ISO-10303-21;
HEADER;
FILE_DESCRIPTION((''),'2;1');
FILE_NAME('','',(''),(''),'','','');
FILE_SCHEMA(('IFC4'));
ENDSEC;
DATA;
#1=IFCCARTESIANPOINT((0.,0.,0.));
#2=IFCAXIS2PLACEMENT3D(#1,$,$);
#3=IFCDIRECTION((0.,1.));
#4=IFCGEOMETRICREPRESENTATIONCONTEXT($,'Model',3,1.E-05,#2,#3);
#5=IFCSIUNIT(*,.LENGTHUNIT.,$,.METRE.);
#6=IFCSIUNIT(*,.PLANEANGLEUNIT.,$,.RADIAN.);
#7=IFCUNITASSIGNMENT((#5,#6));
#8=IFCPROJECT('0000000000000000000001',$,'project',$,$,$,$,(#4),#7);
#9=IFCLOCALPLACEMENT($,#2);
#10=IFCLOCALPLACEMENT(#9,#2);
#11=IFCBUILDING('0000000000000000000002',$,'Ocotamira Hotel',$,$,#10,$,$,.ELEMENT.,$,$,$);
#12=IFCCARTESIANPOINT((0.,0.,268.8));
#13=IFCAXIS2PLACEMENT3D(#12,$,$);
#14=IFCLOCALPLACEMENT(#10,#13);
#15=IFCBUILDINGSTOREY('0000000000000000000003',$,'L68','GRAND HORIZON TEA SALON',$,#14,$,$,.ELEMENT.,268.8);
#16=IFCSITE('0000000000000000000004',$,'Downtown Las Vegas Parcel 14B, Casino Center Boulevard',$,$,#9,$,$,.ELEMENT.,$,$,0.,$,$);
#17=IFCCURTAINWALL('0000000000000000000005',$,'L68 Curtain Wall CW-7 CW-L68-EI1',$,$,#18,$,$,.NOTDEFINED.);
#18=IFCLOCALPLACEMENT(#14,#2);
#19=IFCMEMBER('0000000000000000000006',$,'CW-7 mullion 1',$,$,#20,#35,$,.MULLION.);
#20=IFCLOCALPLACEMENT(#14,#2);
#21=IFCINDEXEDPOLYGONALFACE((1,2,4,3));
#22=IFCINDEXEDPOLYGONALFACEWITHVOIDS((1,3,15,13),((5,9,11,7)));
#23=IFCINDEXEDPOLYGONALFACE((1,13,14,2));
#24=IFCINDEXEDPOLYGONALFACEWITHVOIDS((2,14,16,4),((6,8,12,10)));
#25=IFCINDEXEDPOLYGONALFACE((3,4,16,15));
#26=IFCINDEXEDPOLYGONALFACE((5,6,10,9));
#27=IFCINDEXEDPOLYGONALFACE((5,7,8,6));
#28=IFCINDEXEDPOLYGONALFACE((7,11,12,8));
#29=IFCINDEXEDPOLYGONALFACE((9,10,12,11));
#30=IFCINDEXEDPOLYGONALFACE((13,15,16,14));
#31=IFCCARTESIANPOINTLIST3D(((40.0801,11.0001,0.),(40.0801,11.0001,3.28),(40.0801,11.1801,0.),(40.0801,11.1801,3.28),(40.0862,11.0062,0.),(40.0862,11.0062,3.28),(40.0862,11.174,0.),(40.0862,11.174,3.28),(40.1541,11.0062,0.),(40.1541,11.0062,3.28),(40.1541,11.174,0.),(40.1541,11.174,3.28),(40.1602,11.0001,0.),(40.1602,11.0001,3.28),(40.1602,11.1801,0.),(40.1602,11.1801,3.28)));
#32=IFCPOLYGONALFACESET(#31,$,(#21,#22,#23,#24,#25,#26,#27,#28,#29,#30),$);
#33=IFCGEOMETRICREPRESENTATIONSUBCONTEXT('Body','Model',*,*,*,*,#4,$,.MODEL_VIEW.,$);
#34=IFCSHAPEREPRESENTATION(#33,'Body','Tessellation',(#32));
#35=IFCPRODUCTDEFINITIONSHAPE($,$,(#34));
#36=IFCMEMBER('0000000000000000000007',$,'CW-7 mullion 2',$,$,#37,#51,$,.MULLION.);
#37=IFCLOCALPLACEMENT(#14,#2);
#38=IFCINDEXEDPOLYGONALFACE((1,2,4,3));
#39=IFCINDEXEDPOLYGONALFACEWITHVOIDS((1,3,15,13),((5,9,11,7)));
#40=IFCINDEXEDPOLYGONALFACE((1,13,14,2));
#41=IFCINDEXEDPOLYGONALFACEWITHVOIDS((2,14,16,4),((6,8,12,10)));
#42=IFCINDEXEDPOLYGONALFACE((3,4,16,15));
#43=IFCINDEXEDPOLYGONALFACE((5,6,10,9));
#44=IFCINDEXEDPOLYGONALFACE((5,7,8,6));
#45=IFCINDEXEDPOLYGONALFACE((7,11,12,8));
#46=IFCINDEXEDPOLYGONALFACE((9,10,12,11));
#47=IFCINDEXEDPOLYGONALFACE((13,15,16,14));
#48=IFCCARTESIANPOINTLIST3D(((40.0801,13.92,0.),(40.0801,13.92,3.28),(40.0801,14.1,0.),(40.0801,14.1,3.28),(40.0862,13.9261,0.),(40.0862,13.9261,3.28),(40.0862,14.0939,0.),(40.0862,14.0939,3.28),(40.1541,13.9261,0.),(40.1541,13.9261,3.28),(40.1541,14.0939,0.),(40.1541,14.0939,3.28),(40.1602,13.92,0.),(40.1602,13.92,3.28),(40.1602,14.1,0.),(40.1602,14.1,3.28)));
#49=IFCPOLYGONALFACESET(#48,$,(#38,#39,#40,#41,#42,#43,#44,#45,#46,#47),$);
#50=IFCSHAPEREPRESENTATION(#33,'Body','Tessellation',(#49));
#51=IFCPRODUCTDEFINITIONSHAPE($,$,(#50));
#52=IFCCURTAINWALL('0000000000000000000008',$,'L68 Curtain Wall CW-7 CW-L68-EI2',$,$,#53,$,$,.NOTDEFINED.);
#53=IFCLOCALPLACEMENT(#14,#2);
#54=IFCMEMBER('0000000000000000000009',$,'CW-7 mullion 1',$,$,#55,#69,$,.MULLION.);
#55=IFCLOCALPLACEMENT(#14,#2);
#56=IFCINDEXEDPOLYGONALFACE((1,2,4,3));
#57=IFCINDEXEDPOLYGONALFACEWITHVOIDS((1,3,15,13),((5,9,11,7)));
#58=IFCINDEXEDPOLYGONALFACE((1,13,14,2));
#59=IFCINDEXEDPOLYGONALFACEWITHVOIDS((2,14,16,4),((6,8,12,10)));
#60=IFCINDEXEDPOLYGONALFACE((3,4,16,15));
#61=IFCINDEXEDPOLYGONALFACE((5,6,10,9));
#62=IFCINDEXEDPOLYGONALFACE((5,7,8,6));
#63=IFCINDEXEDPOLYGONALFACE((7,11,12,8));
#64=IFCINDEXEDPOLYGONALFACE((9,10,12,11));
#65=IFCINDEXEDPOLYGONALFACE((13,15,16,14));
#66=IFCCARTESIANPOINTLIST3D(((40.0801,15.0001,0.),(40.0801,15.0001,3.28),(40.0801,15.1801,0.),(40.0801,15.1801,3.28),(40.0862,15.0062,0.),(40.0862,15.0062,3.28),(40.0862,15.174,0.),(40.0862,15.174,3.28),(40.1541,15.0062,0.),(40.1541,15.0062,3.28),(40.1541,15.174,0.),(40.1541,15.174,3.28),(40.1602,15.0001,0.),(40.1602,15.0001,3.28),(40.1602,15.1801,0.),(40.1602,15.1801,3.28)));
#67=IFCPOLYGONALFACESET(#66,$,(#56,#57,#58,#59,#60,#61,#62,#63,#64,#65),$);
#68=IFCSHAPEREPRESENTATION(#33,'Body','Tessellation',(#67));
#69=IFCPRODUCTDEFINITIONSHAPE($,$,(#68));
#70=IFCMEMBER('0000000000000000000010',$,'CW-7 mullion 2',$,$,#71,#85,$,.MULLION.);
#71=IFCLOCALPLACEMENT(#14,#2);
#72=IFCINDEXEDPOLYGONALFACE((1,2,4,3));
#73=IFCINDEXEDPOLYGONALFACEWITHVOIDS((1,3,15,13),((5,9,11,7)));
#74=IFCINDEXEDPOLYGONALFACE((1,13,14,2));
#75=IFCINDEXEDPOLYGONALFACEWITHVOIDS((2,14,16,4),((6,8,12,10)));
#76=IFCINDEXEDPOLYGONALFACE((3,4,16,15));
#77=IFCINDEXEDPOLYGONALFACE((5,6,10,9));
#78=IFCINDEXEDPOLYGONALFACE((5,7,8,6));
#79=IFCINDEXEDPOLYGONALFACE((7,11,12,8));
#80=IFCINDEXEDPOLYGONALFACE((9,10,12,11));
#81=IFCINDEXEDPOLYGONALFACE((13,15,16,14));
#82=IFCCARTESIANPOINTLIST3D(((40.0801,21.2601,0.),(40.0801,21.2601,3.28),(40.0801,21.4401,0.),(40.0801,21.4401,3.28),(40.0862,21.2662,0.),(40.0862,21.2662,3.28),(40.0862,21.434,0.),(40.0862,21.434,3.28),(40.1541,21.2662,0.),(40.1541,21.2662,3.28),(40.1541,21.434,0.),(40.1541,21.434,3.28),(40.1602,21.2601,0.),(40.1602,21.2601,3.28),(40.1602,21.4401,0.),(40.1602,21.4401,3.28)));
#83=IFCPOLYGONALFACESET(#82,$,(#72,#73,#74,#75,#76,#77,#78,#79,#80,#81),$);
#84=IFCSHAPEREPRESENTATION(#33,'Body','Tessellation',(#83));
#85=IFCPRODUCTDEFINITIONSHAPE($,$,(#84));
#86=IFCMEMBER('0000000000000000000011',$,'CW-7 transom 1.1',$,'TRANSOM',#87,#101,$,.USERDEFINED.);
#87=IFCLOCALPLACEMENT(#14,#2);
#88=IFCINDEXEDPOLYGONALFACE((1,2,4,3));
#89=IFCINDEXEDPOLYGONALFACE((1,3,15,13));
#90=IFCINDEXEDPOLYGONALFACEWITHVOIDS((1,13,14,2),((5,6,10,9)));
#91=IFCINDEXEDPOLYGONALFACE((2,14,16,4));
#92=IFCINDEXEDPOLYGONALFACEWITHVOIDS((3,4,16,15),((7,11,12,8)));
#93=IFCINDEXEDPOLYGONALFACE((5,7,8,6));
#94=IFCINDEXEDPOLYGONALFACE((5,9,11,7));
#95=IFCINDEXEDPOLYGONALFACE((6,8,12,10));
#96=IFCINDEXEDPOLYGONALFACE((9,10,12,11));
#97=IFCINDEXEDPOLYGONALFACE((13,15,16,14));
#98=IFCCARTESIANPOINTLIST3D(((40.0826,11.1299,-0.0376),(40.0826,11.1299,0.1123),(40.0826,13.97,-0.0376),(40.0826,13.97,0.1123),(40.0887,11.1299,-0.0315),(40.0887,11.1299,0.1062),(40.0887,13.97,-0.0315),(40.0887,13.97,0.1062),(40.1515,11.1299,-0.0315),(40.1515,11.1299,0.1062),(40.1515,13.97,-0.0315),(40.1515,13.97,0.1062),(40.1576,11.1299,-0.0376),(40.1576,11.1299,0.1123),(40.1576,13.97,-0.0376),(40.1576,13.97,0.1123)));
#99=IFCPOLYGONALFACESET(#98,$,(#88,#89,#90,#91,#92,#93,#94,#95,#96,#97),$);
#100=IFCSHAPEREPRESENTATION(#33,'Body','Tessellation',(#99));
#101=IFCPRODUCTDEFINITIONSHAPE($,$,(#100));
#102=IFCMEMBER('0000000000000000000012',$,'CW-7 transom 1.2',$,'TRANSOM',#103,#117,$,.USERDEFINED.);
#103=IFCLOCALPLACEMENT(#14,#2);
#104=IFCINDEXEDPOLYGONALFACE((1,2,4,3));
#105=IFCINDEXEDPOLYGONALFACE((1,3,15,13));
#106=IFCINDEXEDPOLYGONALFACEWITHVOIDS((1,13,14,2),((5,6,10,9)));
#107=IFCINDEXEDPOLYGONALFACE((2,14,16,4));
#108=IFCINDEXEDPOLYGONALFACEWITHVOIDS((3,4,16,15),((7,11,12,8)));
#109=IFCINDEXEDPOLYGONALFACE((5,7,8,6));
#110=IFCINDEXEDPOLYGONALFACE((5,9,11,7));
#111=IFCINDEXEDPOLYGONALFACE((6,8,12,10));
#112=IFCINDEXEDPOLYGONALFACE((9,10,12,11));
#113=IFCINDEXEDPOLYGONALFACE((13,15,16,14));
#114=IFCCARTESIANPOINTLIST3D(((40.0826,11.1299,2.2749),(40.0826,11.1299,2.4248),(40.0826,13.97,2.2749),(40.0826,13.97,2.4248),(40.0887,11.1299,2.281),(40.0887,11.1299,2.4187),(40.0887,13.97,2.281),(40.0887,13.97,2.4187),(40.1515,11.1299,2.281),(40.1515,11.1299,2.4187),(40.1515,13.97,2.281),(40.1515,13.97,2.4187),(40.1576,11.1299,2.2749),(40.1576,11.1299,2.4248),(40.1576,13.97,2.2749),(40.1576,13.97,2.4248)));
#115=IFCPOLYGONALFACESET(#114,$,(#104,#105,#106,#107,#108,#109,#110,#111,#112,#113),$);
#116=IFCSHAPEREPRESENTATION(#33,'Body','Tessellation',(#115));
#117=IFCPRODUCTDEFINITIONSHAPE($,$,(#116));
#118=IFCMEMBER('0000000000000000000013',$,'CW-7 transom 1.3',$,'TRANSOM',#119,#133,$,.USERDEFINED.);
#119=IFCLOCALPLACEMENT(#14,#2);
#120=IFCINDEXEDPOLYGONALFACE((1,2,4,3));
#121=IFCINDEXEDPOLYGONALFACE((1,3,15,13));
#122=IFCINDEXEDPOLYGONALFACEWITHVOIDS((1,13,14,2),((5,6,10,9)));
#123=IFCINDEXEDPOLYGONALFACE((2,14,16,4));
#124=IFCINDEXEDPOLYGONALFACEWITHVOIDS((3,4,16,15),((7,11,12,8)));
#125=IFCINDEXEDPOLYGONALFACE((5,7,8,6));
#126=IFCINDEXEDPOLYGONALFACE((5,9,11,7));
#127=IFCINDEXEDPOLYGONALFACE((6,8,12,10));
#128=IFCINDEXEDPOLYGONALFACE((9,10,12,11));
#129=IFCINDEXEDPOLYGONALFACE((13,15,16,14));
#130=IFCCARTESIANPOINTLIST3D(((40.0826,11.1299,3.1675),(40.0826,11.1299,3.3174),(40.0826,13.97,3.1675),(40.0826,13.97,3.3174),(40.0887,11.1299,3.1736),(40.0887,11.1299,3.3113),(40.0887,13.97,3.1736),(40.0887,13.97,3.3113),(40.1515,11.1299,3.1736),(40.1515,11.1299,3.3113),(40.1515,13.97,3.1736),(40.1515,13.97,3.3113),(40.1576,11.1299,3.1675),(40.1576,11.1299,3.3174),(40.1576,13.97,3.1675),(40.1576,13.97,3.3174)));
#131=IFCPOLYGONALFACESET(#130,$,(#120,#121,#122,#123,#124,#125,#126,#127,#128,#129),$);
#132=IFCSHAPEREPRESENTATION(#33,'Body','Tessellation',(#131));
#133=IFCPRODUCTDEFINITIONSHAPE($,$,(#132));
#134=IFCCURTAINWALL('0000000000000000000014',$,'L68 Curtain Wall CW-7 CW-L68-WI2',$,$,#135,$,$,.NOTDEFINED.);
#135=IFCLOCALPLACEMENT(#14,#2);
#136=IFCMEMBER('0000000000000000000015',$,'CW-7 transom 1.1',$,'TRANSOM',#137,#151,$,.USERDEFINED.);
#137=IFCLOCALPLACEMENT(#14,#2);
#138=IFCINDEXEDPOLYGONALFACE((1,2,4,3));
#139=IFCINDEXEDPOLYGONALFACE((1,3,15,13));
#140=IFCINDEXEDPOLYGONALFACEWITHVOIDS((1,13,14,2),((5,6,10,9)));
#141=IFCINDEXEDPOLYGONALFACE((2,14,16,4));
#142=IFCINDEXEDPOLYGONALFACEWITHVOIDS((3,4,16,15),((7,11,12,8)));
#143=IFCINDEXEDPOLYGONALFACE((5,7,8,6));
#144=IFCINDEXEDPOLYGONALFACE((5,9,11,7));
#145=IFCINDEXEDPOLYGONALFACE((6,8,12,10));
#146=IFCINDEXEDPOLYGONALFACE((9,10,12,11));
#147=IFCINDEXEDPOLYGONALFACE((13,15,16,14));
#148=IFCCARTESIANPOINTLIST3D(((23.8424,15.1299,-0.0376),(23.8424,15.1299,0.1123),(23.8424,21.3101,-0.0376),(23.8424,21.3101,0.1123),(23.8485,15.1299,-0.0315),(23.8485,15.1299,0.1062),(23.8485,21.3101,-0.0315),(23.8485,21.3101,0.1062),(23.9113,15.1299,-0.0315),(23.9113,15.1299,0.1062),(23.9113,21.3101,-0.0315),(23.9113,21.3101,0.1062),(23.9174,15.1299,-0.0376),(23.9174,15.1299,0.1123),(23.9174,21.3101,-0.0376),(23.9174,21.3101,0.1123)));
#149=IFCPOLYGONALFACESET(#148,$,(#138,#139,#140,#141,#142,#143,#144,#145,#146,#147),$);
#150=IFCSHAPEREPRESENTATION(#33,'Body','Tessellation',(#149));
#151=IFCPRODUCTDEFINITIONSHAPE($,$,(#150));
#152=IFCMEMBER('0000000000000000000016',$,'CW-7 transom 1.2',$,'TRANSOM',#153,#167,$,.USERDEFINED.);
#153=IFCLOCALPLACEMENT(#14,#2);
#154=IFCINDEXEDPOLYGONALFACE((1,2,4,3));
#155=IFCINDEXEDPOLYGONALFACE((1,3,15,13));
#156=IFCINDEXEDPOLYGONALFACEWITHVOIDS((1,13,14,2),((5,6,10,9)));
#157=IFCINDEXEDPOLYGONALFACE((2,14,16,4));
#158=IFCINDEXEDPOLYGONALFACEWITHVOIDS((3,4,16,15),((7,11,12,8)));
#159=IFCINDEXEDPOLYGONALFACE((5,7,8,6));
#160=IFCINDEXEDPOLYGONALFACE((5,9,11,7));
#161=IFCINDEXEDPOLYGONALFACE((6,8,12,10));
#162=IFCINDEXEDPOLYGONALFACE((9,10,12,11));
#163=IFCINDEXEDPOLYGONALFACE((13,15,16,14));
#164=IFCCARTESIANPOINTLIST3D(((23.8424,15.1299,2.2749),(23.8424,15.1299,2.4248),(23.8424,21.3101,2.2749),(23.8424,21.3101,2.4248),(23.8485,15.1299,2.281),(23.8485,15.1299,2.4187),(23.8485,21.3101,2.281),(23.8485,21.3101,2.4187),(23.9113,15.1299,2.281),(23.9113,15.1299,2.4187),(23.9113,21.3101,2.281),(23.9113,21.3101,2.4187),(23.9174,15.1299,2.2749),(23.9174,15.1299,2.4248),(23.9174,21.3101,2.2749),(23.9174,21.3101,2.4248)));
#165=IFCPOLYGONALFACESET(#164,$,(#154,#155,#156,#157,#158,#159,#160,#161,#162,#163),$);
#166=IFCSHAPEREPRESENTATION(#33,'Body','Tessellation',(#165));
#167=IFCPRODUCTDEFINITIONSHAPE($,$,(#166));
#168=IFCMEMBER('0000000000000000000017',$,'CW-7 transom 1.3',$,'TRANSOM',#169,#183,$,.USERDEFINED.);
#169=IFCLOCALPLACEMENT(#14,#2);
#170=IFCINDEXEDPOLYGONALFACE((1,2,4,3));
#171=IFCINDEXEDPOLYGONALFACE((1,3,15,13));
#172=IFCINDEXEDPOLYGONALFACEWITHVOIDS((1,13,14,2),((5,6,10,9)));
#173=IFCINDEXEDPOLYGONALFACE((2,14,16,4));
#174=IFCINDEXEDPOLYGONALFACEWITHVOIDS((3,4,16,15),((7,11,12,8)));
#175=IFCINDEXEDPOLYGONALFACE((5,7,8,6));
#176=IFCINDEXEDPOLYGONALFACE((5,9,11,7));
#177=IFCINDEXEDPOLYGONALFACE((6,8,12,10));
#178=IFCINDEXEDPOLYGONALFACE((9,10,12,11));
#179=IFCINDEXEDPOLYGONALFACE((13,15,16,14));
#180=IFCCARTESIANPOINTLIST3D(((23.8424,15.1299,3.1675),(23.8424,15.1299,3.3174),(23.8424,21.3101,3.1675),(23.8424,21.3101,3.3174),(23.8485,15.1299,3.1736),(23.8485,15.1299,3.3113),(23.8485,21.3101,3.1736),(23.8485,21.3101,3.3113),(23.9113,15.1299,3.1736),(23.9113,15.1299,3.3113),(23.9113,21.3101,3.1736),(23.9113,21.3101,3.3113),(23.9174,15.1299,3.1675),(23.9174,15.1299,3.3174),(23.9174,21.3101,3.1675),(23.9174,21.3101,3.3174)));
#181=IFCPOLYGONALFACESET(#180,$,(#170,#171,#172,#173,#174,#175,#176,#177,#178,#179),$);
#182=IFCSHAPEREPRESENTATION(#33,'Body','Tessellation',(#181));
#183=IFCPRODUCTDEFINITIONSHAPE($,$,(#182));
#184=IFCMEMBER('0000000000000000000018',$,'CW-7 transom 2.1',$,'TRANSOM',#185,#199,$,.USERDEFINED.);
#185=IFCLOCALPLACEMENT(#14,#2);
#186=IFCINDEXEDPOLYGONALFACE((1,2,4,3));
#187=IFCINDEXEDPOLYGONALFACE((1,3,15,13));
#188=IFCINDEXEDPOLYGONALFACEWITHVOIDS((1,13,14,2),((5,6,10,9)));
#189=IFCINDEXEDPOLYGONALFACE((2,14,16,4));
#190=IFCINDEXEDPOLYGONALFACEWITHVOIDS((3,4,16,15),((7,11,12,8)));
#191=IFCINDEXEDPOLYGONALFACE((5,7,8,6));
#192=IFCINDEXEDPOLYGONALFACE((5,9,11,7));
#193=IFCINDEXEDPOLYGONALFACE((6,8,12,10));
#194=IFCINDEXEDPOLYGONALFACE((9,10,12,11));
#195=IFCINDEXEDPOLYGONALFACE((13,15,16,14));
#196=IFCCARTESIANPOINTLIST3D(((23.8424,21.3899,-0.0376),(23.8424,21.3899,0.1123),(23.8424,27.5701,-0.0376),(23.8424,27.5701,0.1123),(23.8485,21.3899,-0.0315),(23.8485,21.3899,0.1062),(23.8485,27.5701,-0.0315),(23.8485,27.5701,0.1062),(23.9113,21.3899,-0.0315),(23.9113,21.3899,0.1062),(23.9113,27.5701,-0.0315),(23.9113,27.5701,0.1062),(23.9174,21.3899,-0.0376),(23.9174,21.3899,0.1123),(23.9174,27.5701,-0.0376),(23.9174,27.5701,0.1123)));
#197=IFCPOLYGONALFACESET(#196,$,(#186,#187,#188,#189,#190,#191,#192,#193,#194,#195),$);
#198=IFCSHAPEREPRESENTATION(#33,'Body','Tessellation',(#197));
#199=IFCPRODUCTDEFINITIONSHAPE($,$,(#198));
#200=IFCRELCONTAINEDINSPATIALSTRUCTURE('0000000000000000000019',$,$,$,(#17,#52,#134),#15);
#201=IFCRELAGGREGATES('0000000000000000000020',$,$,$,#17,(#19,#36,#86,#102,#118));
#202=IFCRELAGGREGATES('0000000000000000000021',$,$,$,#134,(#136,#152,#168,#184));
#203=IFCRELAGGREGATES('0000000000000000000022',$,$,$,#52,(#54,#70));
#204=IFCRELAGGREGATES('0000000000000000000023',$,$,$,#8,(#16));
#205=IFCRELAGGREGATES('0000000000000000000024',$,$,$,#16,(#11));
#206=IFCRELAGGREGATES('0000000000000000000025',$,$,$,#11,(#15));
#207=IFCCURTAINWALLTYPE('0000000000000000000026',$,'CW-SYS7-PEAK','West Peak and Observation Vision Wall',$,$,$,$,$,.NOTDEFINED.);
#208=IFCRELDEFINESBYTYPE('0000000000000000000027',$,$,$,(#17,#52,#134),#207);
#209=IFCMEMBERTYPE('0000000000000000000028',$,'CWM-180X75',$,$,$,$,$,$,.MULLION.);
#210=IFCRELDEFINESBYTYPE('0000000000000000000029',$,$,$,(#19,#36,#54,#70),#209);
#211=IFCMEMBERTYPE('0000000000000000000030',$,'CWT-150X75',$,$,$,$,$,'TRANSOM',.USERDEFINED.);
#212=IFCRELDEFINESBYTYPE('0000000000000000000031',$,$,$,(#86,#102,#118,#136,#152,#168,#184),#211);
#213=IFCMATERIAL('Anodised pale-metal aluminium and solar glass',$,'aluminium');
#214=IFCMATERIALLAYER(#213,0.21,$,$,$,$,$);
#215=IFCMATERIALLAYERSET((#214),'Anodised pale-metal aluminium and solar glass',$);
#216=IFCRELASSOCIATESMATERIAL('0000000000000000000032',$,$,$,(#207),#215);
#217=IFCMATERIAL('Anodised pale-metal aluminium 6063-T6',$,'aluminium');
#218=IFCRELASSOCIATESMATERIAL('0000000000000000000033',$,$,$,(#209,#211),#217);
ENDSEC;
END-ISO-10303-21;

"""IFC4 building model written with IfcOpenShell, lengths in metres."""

from ifc_helpers import new_model, si_unit, direction, frame, origin, origin_2d, place, context, subcontext, project, spatial, hollow_rectangle, extrude, source, transform, mapped, material, layer, layer_set, material_profile, profile_set, type_object, element, aggregate, save


model = new_model("IFC4")

# Units and contexts
model_context = context("Model", 3, precision=1e-05, world=origin(), true_north=direction((0.0, 1.0)))
body_context = subcontext(model_context, "Body", "Model", "MODEL_VIEW")
ifc_project = project(units=[si_unit("LENGTHUNIT", "METRE"), si_unit("PLANEANGLEUNIT", "RADIAN")], contexts=[model_context])

# Site, building, storey
site_placement = place(None, origin())
site = spatial("IfcSite", under=ifc_project, at=site_placement, Name="Downtown Las Vegas Parcel 14B, Casino Center Boulevard", CompositionType="ELEMENT", RefElevation=0.0)
building_placement = place(site_placement, origin())
building = spatial("IfcBuilding", under=site, at=building_placement, Name="Ocotamira Hotel", CompositionType="ELEMENT")
storey_placement = place(building_placement, frame((0.0, 0.0, 268.8)))
storey = spatial("IfcBuildingStorey", under=building, at=storey_placement, Name="L68", Description="GRAND HORIZON TEA SALON", CompositionType="ELEMENT", Elevation=268.8)

# Curtain walls, members
ifc_material_1 = material(Name="Anodised pale-metal aluminium and solar glass", Category="aluminium")
ifc_layer_1 = layer(ifc_material_1, 0.21)
ifc_layer_set_1 = layer_set([ifc_layer_1], Name="Anodised pale-metal aluminium and solar glass")
curtain_wall_type = type_object("IfcCurtainWallType", Name="CW-SYS7-PEAK", Description="West Peak and Observation Vision Wall", PredefinedType="NOTDEFINED", material=ifc_layer_set_1)
curtain_wall_1_placement = place(storey_placement, origin())
curtain_wall_1 = element("IfcCurtainWall", 1, at=curtain_wall_1_placement, inside=storey, type_object=curtain_wall_type, Name="L68 Curtain Wall CW-7 CW-L68-EI1", PredefinedType="NOTDEFINED")
ifc_material_2 = material(Name="Anodised pale-metal aluminium 6063-T6", Category="aluminium")
ifc_material_profile_1 = material_profile(ifc_material_2, hollow_rectangle(XDim=0.0801, YDim=0.1799, WallThickness=0.0061, at=origin_2d()), Name="HSS180X80X6")
ifc_profile_set_1 = profile_set([ifc_material_profile_1], Name="Anodised pale-metal aluminium 6063-T6")
member_type_1 = type_object("IfcMemberType", Name="CWM-180X75", PredefinedType="MULLION", material=ifc_profile_set_1)
shared_shape_1 = source(origin(), body_context, "Body", "SweptSolid", [
    extrude(hollow_rectangle(XDim=0.0801, YDim=0.1799, WallThickness=0.0061, at=origin_2d()), origin(), (0.0, 0.0, 1.0), 3.28),
])
member_1_placement = place(storey_placement, frame((40.1201, 11.0901, 0.0), z_axis=(0.0, 0.0, 1.0), x_axis=(-1.0, 0.0, 0.0)))
member_1 = element("IfcMember", 2, at=member_1_placement, type_object=member_type_1, Name="CW-7 mullion 1", PredefinedType="MULLION", context=body_context, shape_type="MappedRepresentation", body=[
    mapped(shared_shape_1, transform((0.0, 0.0, 0.0), scale=1.0)),
])
member_2_placement = place(storey_placement, frame((40.1201, 14.01, 0.0), z_axis=(0.0, 0.0, 1.0), x_axis=(-1.0, 0.0, 0.0)))
member_2 = element("IfcMember", 3, at=member_2_placement, type_object=member_type_1, Name="CW-7 mullion 2", PredefinedType="MULLION", context=body_context, shape_type="MappedRepresentation", body=[
    mapped(shared_shape_1, transform((0.0, 0.0, 0.0), scale=1.0)),
])
curtain_wall_2_placement = place(storey_placement, origin())
curtain_wall_2 = element("IfcCurtainWall", 4, at=curtain_wall_2_placement, inside=storey, type_object=curtain_wall_type, Name="L68 Curtain Wall CW-7 CW-L68-EI2", PredefinedType="NOTDEFINED")
member_3_placement = place(storey_placement, frame((40.1201, 15.0901, 0.0), z_axis=(0.0, 0.0, 1.0), x_axis=(-1.0, 0.0, 0.0)))
member_3 = element("IfcMember", 5, at=member_3_placement, type_object=member_type_1, Name="CW-7 mullion 1", PredefinedType="MULLION", context=body_context, shape_type="MappedRepresentation", body=[
    mapped(shared_shape_1, transform((0.0, 0.0, 0.0), scale=1.0)),
])
member_4_placement = place(storey_placement, frame((40.1201, 21.3501, 0.0), z_axis=(0.0, 0.0, 1.0), x_axis=(-1.0, 0.0, 0.0)))
member_4 = element("IfcMember", 6, at=member_4_placement, type_object=member_type_1, Name="CW-7 mullion 2", PredefinedType="MULLION", context=body_context, shape_type="MappedRepresentation", body=[
    mapped(shared_shape_1, transform((0.0, 0.0, 0.0), scale=1.0)),
])

# Members
ifc_material_profile_2 = material_profile(ifc_material_2, hollow_rectangle(XDim=0.075, YDim=0.1499, WallThickness=0.0061, at=origin_2d()), Name="HSS150X75X6")
ifc_profile_set_2 = profile_set([ifc_material_profile_2], Name="Anodised pale-metal aluminium 6063-T6")
member_type_2 = type_object("IfcMemberType", Name="CWT-150X75", ElementType="TRANSOM", PredefinedType="USERDEFINED", material=ifc_profile_set_2)
shared_shape_2 = source(origin(), body_context, "Body", "SweptSolid", [
    extrude(hollow_rectangle(XDim=0.075, YDim=0.1499, WallThickness=0.0061, at=origin_2d()), origin(), (0.0, 0.0, 1.0), 2.8401),
])
member_5_placement = place(storey_placement, frame((40.1201, 11.1299, 0.0374), z_axis=(0.0, 1.0, 0.0), x_axis=(-1.0, 0.0, 0.0)))
member_5 = element("IfcMember", 7, at=member_5_placement, type_object=member_type_2, Name="CW-7 transom 1.1", ObjectType="TRANSOM", PredefinedType="USERDEFINED", context=body_context, shape_type="MappedRepresentation", body=[
    mapped(shared_shape_2, transform((0.0, 0.0, 0.0), scale=1.0)),
])
member_6_placement = place(storey_placement, frame((40.1201, 11.1299, 2.3499), z_axis=(0.0, 1.0, 0.0), x_axis=(-1.0, 0.0, 0.0)))
member_6 = element("IfcMember", 8, at=member_6_placement, type_object=member_type_2, Name="CW-7 transom 1.2", ObjectType="TRANSOM", PredefinedType="USERDEFINED", context=body_context, shape_type="MappedRepresentation", body=[
    mapped(shared_shape_2, transform((0.0, 0.0, 0.0), scale=1.0)),
])
member_7_placement = place(storey_placement, frame((40.1201, 11.1299, 3.2424), z_axis=(0.0, 1.0, 0.0), x_axis=(-1.0, 0.0, 0.0)))
member_7 = element("IfcMember", 9, at=member_7_placement, type_object=member_type_2, Name="CW-7 transom 1.3", ObjectType="TRANSOM", PredefinedType="USERDEFINED", context=body_context, shape_type="MappedRepresentation", body=[
    mapped(shared_shape_2, transform((0.0, 0.0, 0.0), scale=1.0)),
])

# Curtain wall, members
curtain_wall_3_placement = place(storey_placement, origin())
curtain_wall_3 = element("IfcCurtainWall", 10, at=curtain_wall_3_placement, inside=storey, type_object=curtain_wall_type, Name="L68 Curtain Wall CW-7 CW-L68-WI2", PredefinedType="NOTDEFINED")
shared_shape_3 = source(origin(), body_context, "Body", "SweptSolid", [
    extrude(hollow_rectangle(XDim=0.075, YDim=0.1499, WallThickness=0.0061, at=origin_2d()), origin(), (0.0, 0.0, 1.0), 6.1802),
])
member_8_placement = place(storey_placement, frame((23.8799, 15.1299, 0.0374), z_axis=(0.0, 1.0, 0.0), x_axis=(-1.0, 0.0, 0.0)))
member_8 = element("IfcMember", 11, at=member_8_placement, type_object=member_type_2, Name="CW-7 transom 1.1", ObjectType="TRANSOM", PredefinedType="USERDEFINED", context=body_context, shape_type="MappedRepresentation", body=[
    mapped(shared_shape_3, transform((0.0, 0.0, 0.0), scale=1.0)),
])
member_9_placement = place(storey_placement, frame((23.8799, 15.1299, 2.3499), z_axis=(0.0, 1.0, 0.0), x_axis=(-1.0, 0.0, 0.0)))
member_9 = element("IfcMember", 12, at=member_9_placement, type_object=member_type_2, Name="CW-7 transom 1.2", ObjectType="TRANSOM", PredefinedType="USERDEFINED", context=body_context, shape_type="MappedRepresentation", body=[
    mapped(shared_shape_3, transform((0.0, 0.0, 0.0), scale=1.0)),
])
member_10_placement = place(storey_placement, frame((23.8799, 15.1299, 3.2424), z_axis=(0.0, 1.0, 0.0), x_axis=(-1.0, 0.0, 0.0)))
member_10 = element("IfcMember", 13, at=member_10_placement, type_object=member_type_2, Name="CW-7 transom 1.3", ObjectType="TRANSOM", PredefinedType="USERDEFINED", context=body_context, shape_type="MappedRepresentation", body=[
    mapped(shared_shape_3, transform((0.0, 0.0, 0.0), scale=1.0)),
])
member_11_placement = place(storey_placement, frame((23.8799, 21.3899, 0.0374), z_axis=(0.0, 1.0, 0.0), x_axis=(-1.0, 0.0, 0.0)))
member_11 = element("IfcMember", 14, at=member_11_placement, type_object=member_type_2, Name="CW-7 transom 2.1", ObjectType="TRANSOM", PredefinedType="USERDEFINED", context=body_context, shape_type="MappedRepresentation", body=[
    mapped(shared_shape_3, transform((0.0, 0.0, 0.0), scale=1.0)),
])

aggregate(curtain_wall_1, [member_1, member_2, member_5, member_6, member_7])
aggregate(curtain_wall_3, [member_8, member_9, member_10, member_11])
aggregate(curtain_wall_2, [member_3, member_4])

save(model, "model.ifc")
